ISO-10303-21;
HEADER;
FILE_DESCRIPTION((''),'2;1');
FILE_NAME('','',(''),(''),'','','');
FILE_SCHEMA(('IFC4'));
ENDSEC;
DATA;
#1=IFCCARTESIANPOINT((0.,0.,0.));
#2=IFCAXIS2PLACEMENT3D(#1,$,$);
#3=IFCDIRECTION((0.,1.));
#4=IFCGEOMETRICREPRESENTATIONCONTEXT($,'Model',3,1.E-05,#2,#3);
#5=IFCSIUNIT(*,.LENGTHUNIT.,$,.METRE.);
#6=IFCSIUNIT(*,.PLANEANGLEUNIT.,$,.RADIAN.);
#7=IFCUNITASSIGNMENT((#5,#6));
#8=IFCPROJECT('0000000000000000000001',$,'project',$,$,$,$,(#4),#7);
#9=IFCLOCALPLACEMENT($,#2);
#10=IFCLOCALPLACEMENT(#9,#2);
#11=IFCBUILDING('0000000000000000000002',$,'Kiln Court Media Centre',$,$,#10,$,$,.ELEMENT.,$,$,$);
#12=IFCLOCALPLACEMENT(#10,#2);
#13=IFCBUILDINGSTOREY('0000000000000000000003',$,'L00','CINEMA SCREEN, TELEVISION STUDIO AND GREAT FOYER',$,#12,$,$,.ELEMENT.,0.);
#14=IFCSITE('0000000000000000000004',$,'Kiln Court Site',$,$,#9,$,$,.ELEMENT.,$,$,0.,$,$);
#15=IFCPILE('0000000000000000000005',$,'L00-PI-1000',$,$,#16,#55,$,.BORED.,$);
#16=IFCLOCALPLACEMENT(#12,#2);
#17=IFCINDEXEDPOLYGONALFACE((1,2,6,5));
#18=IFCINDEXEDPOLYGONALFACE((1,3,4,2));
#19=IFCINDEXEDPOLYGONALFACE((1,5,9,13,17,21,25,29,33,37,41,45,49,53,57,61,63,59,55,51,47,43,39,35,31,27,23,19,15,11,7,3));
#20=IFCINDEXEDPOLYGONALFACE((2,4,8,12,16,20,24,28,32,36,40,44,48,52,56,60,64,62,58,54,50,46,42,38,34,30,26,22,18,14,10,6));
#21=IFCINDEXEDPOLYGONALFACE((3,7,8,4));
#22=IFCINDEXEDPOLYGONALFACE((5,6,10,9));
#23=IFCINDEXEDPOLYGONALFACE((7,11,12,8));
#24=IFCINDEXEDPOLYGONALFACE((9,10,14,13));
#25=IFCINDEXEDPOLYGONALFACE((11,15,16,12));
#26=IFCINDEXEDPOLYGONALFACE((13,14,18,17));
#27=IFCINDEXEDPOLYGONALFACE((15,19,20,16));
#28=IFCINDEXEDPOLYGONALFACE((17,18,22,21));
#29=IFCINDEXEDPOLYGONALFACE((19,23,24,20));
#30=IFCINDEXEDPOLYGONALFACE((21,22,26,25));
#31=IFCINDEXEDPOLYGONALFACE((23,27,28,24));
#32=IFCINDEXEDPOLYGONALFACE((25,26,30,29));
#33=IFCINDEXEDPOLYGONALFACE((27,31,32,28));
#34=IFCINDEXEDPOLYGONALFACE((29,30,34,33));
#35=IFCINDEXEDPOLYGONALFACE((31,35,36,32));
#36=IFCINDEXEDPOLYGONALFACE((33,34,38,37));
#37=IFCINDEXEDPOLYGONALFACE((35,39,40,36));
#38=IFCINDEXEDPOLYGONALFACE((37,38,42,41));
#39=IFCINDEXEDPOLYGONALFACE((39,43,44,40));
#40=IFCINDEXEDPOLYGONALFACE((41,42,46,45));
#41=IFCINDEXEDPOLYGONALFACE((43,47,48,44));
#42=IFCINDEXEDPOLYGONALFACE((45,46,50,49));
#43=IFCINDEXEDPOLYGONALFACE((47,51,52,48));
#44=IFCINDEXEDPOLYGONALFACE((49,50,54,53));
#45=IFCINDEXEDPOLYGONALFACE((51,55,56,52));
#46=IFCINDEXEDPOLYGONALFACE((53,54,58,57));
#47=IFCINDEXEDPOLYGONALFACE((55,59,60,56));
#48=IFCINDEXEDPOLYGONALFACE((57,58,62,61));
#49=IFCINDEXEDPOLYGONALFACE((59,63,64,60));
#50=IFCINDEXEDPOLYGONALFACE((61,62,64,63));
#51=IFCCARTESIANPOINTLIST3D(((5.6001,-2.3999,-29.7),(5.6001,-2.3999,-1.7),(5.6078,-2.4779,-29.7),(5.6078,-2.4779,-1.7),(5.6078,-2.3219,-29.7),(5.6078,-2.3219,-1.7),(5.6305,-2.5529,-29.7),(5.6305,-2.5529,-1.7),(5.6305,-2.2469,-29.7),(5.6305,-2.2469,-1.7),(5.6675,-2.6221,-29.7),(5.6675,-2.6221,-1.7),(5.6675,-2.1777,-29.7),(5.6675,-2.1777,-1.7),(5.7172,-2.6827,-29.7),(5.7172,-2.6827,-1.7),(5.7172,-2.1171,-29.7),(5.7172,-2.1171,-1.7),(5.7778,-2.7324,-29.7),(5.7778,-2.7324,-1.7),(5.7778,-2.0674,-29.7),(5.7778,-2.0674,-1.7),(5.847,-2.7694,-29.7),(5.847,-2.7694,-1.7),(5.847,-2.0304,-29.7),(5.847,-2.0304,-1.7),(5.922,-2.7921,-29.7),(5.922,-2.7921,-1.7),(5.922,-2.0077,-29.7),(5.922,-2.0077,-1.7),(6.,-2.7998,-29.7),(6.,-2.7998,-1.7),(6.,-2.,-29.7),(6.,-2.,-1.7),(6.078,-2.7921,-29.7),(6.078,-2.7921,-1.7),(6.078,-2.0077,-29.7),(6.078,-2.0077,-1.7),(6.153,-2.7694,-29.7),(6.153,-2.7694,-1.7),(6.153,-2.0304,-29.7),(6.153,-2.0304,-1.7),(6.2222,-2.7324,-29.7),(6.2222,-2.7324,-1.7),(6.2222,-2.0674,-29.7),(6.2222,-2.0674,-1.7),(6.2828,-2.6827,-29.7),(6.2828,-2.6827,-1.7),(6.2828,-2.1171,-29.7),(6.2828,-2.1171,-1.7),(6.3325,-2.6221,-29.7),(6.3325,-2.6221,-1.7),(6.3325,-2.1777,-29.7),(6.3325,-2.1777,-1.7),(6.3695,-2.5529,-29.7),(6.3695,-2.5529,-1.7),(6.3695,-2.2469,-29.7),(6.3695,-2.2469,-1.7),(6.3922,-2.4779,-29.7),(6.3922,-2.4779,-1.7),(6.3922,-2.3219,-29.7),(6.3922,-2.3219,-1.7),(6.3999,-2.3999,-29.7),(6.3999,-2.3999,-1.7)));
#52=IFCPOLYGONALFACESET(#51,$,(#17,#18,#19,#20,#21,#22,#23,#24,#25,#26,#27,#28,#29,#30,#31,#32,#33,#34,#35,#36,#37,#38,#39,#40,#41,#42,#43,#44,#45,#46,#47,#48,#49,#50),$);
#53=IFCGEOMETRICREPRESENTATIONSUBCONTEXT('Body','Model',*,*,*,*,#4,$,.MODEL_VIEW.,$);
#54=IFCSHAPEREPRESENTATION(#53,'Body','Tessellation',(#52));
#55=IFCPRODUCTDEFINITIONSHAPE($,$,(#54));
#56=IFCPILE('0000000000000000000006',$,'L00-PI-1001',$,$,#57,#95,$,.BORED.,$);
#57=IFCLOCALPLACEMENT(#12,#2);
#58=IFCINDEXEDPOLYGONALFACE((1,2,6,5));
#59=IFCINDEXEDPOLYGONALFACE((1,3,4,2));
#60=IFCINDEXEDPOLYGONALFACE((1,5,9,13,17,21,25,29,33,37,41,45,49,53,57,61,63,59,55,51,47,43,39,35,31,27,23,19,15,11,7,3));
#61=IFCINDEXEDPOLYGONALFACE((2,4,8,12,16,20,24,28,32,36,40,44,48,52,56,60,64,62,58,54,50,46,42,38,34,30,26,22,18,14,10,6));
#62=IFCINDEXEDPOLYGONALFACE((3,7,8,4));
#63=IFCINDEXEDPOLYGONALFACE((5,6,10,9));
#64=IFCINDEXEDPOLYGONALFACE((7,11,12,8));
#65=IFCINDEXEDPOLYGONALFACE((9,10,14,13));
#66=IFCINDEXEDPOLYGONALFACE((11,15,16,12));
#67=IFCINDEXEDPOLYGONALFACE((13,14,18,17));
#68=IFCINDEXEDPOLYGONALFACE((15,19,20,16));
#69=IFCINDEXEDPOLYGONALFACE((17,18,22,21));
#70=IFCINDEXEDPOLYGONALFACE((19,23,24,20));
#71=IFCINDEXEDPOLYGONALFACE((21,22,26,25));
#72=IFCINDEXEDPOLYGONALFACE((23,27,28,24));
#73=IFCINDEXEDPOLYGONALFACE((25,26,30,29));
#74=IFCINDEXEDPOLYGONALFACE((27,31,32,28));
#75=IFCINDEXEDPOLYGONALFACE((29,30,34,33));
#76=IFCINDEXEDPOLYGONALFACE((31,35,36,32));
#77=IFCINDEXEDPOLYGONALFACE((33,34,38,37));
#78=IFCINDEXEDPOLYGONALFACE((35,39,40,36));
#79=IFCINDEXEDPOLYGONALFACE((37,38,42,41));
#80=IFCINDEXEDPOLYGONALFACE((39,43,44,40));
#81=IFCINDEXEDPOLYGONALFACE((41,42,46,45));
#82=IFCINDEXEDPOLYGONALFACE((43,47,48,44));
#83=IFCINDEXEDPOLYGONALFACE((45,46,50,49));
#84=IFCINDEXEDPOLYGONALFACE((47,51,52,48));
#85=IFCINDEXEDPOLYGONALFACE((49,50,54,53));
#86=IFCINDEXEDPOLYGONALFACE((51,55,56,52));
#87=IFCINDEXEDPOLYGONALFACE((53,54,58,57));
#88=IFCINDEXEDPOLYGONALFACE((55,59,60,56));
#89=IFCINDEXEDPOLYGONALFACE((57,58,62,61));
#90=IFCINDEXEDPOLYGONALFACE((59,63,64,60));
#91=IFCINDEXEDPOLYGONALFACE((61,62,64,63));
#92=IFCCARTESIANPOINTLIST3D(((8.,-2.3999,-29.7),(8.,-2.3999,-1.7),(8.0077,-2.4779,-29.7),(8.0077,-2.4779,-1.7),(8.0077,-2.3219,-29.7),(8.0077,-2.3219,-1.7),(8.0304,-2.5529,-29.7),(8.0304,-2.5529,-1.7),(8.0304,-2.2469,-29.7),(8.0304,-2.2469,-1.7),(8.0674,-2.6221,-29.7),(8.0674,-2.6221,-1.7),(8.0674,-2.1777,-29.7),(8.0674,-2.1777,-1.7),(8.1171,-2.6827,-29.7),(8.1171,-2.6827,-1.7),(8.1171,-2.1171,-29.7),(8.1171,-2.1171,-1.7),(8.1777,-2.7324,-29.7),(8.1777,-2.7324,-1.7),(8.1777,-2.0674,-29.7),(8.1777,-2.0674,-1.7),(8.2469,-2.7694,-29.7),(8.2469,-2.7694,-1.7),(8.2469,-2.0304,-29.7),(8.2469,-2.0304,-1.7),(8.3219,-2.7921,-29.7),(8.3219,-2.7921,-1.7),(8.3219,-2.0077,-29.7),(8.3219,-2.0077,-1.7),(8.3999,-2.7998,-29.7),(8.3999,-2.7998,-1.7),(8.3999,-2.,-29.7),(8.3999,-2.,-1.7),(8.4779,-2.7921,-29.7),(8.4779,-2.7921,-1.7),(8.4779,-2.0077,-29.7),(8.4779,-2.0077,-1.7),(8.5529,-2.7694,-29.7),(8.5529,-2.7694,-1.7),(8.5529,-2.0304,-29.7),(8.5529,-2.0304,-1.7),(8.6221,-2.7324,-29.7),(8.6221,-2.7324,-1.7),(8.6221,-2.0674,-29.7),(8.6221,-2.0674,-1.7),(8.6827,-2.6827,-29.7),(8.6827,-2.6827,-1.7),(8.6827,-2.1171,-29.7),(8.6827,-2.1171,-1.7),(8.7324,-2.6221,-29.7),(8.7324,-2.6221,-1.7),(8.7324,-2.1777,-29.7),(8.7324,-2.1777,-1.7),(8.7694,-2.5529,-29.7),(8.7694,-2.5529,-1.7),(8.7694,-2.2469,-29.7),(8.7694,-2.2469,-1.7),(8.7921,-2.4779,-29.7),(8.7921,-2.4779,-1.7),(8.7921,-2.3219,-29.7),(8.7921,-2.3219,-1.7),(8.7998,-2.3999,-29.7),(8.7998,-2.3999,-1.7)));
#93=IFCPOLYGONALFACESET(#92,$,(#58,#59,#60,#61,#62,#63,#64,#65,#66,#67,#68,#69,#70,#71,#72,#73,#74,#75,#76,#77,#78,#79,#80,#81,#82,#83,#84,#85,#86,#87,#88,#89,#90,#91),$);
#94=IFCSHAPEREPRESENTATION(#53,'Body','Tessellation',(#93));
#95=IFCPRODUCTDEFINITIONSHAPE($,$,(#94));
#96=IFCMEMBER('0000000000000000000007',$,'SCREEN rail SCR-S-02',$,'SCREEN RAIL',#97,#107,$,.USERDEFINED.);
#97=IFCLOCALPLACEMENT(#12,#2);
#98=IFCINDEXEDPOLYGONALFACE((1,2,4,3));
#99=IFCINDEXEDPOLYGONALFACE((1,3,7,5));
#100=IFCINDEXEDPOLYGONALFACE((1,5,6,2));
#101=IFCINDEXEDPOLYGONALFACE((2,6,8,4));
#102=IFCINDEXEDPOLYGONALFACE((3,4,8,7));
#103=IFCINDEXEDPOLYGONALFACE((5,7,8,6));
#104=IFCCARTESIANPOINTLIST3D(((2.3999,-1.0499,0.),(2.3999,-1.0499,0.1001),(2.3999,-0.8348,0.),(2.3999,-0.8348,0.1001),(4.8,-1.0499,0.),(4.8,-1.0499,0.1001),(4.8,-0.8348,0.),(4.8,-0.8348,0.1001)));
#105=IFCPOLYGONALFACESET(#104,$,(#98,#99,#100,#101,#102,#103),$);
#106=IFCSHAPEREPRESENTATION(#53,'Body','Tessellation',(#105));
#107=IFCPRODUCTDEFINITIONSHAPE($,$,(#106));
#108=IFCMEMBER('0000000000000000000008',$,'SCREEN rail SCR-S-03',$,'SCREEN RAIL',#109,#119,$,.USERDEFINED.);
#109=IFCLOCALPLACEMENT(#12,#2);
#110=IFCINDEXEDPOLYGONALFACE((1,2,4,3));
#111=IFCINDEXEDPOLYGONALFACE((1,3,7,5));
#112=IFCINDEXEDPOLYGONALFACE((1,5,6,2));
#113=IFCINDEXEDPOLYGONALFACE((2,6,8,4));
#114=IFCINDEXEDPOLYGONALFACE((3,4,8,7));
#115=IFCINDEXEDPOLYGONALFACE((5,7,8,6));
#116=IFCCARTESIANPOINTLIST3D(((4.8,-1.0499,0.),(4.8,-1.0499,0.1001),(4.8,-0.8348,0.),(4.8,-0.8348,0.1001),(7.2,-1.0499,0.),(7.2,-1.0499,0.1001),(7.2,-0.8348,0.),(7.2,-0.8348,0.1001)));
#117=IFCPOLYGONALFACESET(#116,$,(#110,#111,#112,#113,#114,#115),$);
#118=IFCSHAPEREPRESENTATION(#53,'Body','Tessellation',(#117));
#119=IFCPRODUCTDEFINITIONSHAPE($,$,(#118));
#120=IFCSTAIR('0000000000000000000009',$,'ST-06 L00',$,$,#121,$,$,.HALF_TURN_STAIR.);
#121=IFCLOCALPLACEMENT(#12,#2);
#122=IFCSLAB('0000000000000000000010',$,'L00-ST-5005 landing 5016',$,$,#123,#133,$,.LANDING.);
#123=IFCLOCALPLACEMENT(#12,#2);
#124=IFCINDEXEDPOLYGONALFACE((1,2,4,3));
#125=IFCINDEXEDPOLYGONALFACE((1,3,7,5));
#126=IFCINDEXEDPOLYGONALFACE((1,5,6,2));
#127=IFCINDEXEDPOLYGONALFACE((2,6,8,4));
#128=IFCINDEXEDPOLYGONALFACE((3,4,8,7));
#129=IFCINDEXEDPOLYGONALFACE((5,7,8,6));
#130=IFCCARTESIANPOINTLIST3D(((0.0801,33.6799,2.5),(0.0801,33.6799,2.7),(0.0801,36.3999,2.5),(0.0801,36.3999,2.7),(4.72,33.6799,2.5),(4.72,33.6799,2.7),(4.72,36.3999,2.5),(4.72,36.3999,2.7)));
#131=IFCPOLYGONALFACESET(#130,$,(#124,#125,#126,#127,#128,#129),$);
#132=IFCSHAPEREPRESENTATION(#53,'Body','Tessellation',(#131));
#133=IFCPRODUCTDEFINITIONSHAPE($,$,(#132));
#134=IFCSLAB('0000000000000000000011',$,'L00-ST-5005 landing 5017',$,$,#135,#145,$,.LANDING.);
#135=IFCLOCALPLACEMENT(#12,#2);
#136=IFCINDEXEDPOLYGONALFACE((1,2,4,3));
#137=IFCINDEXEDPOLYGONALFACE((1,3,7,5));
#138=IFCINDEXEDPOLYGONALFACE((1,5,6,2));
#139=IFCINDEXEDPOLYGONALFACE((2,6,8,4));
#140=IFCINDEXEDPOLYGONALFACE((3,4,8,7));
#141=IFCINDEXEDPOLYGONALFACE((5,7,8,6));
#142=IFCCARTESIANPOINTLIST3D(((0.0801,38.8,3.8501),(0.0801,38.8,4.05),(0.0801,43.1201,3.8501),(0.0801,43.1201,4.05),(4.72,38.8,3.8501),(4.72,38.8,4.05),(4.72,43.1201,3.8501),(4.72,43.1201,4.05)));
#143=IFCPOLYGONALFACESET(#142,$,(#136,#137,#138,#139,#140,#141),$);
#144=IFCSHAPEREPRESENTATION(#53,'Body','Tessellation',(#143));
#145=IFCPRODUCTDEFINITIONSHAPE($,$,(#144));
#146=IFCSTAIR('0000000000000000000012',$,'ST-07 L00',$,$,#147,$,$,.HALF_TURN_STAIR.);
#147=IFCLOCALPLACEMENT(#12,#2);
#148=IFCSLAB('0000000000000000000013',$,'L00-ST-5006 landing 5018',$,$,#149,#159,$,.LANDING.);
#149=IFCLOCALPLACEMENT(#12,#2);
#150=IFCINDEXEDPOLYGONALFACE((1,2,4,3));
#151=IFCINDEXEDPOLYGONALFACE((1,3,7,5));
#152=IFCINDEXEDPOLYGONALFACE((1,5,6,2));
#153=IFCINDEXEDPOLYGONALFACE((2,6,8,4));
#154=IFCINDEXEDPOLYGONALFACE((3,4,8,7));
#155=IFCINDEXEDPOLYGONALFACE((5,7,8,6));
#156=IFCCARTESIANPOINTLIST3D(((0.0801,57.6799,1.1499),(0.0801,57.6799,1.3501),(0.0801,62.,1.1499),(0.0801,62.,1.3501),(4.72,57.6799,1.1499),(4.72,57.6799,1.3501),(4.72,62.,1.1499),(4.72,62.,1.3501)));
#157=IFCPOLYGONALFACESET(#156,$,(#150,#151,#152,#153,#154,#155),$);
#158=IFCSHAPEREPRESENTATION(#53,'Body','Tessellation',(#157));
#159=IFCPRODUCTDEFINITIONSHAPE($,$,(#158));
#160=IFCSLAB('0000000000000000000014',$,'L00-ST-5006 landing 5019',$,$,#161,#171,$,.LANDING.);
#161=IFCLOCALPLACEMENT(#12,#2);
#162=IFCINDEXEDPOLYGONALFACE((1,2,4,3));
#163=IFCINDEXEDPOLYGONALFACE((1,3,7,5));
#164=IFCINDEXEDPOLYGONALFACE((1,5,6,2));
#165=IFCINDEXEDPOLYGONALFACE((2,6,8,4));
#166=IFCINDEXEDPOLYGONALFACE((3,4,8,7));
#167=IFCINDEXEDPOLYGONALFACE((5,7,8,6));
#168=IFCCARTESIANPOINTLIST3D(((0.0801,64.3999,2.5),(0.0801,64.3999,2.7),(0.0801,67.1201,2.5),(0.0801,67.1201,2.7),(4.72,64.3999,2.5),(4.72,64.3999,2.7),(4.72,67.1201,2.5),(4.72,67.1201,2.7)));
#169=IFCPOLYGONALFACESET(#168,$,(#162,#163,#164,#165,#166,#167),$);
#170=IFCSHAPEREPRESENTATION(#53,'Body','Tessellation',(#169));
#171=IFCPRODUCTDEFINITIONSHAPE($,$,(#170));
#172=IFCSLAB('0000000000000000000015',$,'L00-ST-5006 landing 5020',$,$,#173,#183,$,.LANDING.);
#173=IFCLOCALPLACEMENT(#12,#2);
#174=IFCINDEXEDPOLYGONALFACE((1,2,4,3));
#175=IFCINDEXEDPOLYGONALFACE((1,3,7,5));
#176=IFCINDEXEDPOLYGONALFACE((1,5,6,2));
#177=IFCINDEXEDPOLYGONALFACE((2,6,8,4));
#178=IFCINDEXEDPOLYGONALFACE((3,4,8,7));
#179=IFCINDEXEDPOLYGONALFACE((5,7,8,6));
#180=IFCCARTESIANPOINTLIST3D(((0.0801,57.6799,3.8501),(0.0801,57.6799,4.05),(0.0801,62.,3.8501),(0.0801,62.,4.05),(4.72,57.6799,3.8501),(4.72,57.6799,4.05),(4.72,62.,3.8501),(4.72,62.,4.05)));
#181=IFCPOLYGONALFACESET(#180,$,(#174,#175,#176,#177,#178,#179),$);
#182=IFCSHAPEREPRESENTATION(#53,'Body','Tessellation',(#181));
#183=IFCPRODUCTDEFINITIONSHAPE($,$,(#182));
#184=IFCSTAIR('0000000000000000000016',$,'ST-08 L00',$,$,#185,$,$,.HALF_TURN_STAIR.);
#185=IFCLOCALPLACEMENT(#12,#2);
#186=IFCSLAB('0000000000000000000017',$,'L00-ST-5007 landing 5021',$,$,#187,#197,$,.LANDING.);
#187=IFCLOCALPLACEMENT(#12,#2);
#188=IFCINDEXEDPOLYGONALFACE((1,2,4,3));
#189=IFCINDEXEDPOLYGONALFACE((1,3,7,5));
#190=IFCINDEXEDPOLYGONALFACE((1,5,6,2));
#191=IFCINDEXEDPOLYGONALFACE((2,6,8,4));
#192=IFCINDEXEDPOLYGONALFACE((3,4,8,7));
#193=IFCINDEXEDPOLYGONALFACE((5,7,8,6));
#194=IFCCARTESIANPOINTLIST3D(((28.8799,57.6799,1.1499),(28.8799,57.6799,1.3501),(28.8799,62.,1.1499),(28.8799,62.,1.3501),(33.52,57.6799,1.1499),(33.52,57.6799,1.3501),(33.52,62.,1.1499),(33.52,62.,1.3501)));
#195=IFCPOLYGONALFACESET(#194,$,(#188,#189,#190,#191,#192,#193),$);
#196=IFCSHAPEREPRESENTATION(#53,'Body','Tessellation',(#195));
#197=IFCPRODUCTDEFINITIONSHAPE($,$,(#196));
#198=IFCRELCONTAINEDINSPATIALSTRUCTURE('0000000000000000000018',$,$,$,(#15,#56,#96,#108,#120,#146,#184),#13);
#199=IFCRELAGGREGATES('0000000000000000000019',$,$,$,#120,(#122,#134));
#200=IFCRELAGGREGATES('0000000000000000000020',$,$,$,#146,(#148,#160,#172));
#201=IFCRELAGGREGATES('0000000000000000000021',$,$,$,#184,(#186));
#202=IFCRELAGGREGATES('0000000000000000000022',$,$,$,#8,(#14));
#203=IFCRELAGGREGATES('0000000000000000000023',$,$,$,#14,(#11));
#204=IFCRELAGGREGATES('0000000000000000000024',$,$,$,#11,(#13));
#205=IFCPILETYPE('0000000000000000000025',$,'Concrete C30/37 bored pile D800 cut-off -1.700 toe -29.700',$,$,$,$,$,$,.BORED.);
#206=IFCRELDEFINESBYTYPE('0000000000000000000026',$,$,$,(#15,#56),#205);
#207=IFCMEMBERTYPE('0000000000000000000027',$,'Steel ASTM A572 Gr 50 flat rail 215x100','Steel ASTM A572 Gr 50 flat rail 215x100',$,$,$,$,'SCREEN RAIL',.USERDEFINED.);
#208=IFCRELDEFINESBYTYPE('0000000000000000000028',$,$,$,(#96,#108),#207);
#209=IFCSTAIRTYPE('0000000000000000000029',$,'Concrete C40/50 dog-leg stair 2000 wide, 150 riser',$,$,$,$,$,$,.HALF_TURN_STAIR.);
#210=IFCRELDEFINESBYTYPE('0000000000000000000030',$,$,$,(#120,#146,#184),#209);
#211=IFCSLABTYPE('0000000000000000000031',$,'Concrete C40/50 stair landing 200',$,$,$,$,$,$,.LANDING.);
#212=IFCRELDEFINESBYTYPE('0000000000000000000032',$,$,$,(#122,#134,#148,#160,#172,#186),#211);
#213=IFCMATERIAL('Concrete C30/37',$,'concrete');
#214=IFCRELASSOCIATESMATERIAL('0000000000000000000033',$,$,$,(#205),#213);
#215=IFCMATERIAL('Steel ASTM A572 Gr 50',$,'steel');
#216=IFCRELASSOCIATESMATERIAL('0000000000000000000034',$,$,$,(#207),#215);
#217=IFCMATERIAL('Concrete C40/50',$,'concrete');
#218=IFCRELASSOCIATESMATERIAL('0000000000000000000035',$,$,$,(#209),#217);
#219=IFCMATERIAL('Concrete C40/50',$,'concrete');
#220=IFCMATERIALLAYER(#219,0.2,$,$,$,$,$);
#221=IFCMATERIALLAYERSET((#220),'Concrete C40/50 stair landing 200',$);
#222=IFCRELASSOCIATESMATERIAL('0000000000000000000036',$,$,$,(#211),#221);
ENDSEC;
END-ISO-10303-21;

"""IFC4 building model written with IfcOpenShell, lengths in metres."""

from ifc_helpers import new_model, si_unit, direction, frame, origin, origin_2d, place, context, subcontext, project, spatial, polyline, rectangle, circle, outline, extrude, material, layer, layer_set, material_profile, profile_set, type_object, element, aggregate, save


model = new_model("IFC4")

# Units and contexts
model_context = context("Model", 3, precision=1e-05, world=origin(), true_north=direction((0.0, 1.0)))
body_context = subcontext(model_context, "Body", "Model", "MODEL_VIEW")
ifc_project = project(units=[si_unit("LENGTHUNIT", "METRE"), si_unit("PLANEANGLEUNIT", "RADIAN")], contexts=[model_context])

# Site, building, storey
site_placement = place(None, origin())
site = spatial("IfcSite", under=ifc_project, at=site_placement, Name="Kiln Court Site", CompositionType="ELEMENT", RefElevation=0.0)
building_placement = place(site_placement, origin())
building = spatial("IfcBuilding", under=site, at=building_placement, Name="Kiln Court Media Centre", CompositionType="ELEMENT")
storey_placement = place(building_placement, origin())
storey = spatial("IfcBuildingStorey", under=building, at=storey_placement, Name="L00", Description="CINEMA SCREEN, TELEVISION STUDIO AND GREAT FOYER", CompositionType="ELEMENT", Elevation=0.0)

# Piles
ifc_material_1 = material(Name="Concrete C30/37", Category="concrete")
ifc_material_profile_1 = material_profile(ifc_material_1, circle(Radius=0.3999, at=origin_2d()), Name="PILE D800")
ifc_profile_set_1 = profile_set([ifc_material_profile_1], Name="Concrete C30/37")
pile_type = type_object("IfcPileType", Name="Concrete C30/37 bored pile D800 cut-off -1.700 toe -29.700", PredefinedType="BORED", material=ifc_profile_set_1)
for number, where, z_axis, x_axis, name in (
    (1, (6.0, -2.3999, -1.7), (0.0, 0.0, -1.0), (1.0, 0.0, 0.0), "L00-PI-1000"),
    (2, (8.3999, -2.3999, -1.7), (0.0, 0.0, -1.0), (1.0, 0.0, 0.0), "L00-PI-1001"),
):
    element("IfcPile", number, at=place(storey_placement, frame(where, z_axis=z_axis, x_axis=x_axis)), inside=storey, type_object=pile_type, Name=name, PredefinedType="BORED", context=body_context, shape_type="SweptSolid", body=[
        extrude(circle(Radius=0.3999, at=origin_2d()), origin(), (0.0, 0.0, 1.0), 28.0),
    ])

# Members
ifc_material_2 = material(Name="Steel ASTM A572 Gr 50", Category="steel")
ifc_material_profile_2 = material_profile(ifc_material_2, rectangle(XDim=0.2151, YDim=0.1001, at=origin_2d()), Name="Steel ASTM A572 Gr 50 flat rail 215x100")
ifc_profile_set_2 = profile_set([ifc_material_profile_2], Name="Steel ASTM A572 Gr 50")
member_type = type_object("IfcMemberType", Name="Steel ASTM A572 Gr 50 flat rail 215x100", Description="Steel ASTM A572 Gr 50 flat rail 215x100", ElementType="SCREEN RAIL", PredefinedType="USERDEFINED", material=ifc_profile_set_2)
member_1_placement = place(storey_placement, frame((2.3999, -0.9424, 0.05), z_axis=(1.0, 0.0, 0.0), x_axis=(0.0, 1.0, 0.0)))
element("IfcMember", 3, at=member_1_placement, inside=storey, type_object=member_type, Name="SCREEN rail SCR-S-02", ObjectType="SCREEN RAIL", PredefinedType="USERDEFINED", context=body_context, shape_type="SweptSolid", body=[
    extrude(rectangle(XDim=0.2151, YDim=0.1001, at=origin_2d()), origin(), (0.0, 0.0, 1.0), 2.4001),
])
member_2_placement = place(storey_placement, frame((4.8, -0.9424, 0.05), z_axis=(1.0, 0.0, 0.0), x_axis=(0.0, 1.0, 0.0)))
element("IfcMember", 4, at=member_2_placement, inside=storey, type_object=member_type, Name="SCREEN rail SCR-S-03", ObjectType="SCREEN RAIL", PredefinedType="USERDEFINED", context=body_context, shape_type="SweptSolid", body=[
    extrude(rectangle(XDim=0.2151, YDim=0.1001, at=origin_2d()), origin(), (0.0, 0.0, 1.0), 2.3999),
])

# Stairs, slabs
ifc_material_3 = material(Name="Concrete C40/50", Category="concrete")
stair_type = type_object("IfcStairType", Name="Concrete C40/50 dog-leg stair 2000 wide, 150 riser", PredefinedType="HALF_TURN_STAIR", material=ifc_material_3)
stair_1_placement = place(storey_placement, origin())
stair_1 = element("IfcStair", 5, at=stair_1_placement, inside=storey, type_object=stair_type, Name="ST-06 L00", PredefinedType="HALF_TURN_STAIR")
ifc_material_4 = material(Name="Concrete C40/50", Category="concrete")
ifc_layer_1 = layer(ifc_material_4, 0.2)
ifc_layer_set_1 = layer_set([ifc_layer_1], Name="Concrete C40/50 stair landing 200")
slab_type = type_object("IfcSlabType", Name="Concrete C40/50 stair landing 200", PredefinedType="LANDING", material=ifc_layer_set_1)
slab_1_placement = place(storey_placement, frame((0.0, 0.0, 2.5)))
slab_1 = element("IfcSlab", 6, at=slab_1_placement, type_object=slab_type, Name="L00-ST-5005 landing 5016", PredefinedType="LANDING", context=body_context, shape_type="SweptSolid", body=[
    extrude(outline(polyline([(4.72, 33.6799), (4.72, 36.3999), (0.0801, 36.3999), (0.0801, 33.6799), (4.72, 33.6799)])), origin(), (0.0, 0.0, 1.0), 0.2),
])
slab_2_placement = place(storey_placement, frame((0.0, 0.0, 3.8501)))
slab_2 = element("IfcSlab", 7, at=slab_2_placement, type_object=slab_type, Name="L00-ST-5005 landing 5017", PredefinedType="LANDING", context=body_context, shape_type="SweptSolid", body=[
    extrude(outline(polyline([(4.72, 38.8), (4.72, 43.1201), (0.0801, 43.1201), (0.0801, 38.8), (4.72, 38.8)])), origin(), (0.0, 0.0, 1.0), 0.2),
])
aggregate(stair_1, [slab_1, slab_2])
stair_2_placement = place(storey_placement, origin())
stair_2 = element("IfcStair", 8, at=stair_2_placement, inside=storey, type_object=stair_type, Name="ST-07 L00", PredefinedType="HALF_TURN_STAIR")
slab_3_placement = place(storey_placement, frame((0.0, 0.0, 1.1499)))
slab_3 = element("IfcSlab", 9, at=slab_3_placement, type_object=slab_type, Name="L00-ST-5006 landing 5018", PredefinedType="LANDING", context=body_context, shape_type="SweptSolid", body=[
    extrude(outline(polyline([(0.0801, 62.0), (0.0801, 57.6799), (4.72, 57.6799), (4.72, 62.0), (0.0801, 62.0)])), origin(), (0.0, 0.0, 1.0), 0.2002),
])
slab_4_placement = place(storey_placement, frame((0.0, 0.0, 2.5)))
slab_4 = element("IfcSlab", 10, at=slab_4_placement, type_object=slab_type, Name="L00-ST-5006 landing 5019", PredefinedType="LANDING", context=body_context, shape_type="SweptSolid", body=[
    extrude(outline(polyline([(0.0801, 67.1201), (0.0801, 64.3999), (4.72, 64.3999), (4.72, 67.1201), (0.0801, 67.1201)])), origin(), (0.0, 0.0, 1.0), 0.2),
])
slab_5_placement = place(storey_placement, frame((0.0, 0.0, 3.8501)))
slab_5 = element("IfcSlab", 11, at=slab_5_placement, type_object=slab_type, Name="L00-ST-5006 landing 5020", PredefinedType="LANDING", context=body_context, shape_type="SweptSolid", body=[
    extrude(outline(polyline([(0.0801, 62.0), (0.0801, 57.6799), (4.72, 57.6799), (4.72, 62.0), (0.0801, 62.0)])), origin(), (0.0, 0.0, 1.0), 0.2),
])
aggregate(stair_2, [slab_3, slab_4, slab_5])
stair_3_placement = place(storey_placement, origin())
stair_3 = element("IfcStair", 12, at=stair_3_placement, inside=storey, type_object=stair_type, Name="ST-08 L00", PredefinedType="HALF_TURN_STAIR")
slab_6_placement = place(storey_placement, frame((0.0, 0.0, 1.1499)))
slab_6 = element("IfcSlab", 13, at=slab_6_placement, type_object=slab_type, Name="L00-ST-5007 landing 5021", PredefinedType="LANDING", context=body_context, shape_type="SweptSolid", body=[
    extrude(outline(polyline([(28.8799, 62.0), (28.8799, 57.6799), (33.52, 57.6799), (33.52, 62.0), (28.8799, 62.0)])), origin(), (0.0, 0.0, 1.0), 0.2002),
])
aggregate(stair_3, [slab_6])

save(model, "model.ifc")
